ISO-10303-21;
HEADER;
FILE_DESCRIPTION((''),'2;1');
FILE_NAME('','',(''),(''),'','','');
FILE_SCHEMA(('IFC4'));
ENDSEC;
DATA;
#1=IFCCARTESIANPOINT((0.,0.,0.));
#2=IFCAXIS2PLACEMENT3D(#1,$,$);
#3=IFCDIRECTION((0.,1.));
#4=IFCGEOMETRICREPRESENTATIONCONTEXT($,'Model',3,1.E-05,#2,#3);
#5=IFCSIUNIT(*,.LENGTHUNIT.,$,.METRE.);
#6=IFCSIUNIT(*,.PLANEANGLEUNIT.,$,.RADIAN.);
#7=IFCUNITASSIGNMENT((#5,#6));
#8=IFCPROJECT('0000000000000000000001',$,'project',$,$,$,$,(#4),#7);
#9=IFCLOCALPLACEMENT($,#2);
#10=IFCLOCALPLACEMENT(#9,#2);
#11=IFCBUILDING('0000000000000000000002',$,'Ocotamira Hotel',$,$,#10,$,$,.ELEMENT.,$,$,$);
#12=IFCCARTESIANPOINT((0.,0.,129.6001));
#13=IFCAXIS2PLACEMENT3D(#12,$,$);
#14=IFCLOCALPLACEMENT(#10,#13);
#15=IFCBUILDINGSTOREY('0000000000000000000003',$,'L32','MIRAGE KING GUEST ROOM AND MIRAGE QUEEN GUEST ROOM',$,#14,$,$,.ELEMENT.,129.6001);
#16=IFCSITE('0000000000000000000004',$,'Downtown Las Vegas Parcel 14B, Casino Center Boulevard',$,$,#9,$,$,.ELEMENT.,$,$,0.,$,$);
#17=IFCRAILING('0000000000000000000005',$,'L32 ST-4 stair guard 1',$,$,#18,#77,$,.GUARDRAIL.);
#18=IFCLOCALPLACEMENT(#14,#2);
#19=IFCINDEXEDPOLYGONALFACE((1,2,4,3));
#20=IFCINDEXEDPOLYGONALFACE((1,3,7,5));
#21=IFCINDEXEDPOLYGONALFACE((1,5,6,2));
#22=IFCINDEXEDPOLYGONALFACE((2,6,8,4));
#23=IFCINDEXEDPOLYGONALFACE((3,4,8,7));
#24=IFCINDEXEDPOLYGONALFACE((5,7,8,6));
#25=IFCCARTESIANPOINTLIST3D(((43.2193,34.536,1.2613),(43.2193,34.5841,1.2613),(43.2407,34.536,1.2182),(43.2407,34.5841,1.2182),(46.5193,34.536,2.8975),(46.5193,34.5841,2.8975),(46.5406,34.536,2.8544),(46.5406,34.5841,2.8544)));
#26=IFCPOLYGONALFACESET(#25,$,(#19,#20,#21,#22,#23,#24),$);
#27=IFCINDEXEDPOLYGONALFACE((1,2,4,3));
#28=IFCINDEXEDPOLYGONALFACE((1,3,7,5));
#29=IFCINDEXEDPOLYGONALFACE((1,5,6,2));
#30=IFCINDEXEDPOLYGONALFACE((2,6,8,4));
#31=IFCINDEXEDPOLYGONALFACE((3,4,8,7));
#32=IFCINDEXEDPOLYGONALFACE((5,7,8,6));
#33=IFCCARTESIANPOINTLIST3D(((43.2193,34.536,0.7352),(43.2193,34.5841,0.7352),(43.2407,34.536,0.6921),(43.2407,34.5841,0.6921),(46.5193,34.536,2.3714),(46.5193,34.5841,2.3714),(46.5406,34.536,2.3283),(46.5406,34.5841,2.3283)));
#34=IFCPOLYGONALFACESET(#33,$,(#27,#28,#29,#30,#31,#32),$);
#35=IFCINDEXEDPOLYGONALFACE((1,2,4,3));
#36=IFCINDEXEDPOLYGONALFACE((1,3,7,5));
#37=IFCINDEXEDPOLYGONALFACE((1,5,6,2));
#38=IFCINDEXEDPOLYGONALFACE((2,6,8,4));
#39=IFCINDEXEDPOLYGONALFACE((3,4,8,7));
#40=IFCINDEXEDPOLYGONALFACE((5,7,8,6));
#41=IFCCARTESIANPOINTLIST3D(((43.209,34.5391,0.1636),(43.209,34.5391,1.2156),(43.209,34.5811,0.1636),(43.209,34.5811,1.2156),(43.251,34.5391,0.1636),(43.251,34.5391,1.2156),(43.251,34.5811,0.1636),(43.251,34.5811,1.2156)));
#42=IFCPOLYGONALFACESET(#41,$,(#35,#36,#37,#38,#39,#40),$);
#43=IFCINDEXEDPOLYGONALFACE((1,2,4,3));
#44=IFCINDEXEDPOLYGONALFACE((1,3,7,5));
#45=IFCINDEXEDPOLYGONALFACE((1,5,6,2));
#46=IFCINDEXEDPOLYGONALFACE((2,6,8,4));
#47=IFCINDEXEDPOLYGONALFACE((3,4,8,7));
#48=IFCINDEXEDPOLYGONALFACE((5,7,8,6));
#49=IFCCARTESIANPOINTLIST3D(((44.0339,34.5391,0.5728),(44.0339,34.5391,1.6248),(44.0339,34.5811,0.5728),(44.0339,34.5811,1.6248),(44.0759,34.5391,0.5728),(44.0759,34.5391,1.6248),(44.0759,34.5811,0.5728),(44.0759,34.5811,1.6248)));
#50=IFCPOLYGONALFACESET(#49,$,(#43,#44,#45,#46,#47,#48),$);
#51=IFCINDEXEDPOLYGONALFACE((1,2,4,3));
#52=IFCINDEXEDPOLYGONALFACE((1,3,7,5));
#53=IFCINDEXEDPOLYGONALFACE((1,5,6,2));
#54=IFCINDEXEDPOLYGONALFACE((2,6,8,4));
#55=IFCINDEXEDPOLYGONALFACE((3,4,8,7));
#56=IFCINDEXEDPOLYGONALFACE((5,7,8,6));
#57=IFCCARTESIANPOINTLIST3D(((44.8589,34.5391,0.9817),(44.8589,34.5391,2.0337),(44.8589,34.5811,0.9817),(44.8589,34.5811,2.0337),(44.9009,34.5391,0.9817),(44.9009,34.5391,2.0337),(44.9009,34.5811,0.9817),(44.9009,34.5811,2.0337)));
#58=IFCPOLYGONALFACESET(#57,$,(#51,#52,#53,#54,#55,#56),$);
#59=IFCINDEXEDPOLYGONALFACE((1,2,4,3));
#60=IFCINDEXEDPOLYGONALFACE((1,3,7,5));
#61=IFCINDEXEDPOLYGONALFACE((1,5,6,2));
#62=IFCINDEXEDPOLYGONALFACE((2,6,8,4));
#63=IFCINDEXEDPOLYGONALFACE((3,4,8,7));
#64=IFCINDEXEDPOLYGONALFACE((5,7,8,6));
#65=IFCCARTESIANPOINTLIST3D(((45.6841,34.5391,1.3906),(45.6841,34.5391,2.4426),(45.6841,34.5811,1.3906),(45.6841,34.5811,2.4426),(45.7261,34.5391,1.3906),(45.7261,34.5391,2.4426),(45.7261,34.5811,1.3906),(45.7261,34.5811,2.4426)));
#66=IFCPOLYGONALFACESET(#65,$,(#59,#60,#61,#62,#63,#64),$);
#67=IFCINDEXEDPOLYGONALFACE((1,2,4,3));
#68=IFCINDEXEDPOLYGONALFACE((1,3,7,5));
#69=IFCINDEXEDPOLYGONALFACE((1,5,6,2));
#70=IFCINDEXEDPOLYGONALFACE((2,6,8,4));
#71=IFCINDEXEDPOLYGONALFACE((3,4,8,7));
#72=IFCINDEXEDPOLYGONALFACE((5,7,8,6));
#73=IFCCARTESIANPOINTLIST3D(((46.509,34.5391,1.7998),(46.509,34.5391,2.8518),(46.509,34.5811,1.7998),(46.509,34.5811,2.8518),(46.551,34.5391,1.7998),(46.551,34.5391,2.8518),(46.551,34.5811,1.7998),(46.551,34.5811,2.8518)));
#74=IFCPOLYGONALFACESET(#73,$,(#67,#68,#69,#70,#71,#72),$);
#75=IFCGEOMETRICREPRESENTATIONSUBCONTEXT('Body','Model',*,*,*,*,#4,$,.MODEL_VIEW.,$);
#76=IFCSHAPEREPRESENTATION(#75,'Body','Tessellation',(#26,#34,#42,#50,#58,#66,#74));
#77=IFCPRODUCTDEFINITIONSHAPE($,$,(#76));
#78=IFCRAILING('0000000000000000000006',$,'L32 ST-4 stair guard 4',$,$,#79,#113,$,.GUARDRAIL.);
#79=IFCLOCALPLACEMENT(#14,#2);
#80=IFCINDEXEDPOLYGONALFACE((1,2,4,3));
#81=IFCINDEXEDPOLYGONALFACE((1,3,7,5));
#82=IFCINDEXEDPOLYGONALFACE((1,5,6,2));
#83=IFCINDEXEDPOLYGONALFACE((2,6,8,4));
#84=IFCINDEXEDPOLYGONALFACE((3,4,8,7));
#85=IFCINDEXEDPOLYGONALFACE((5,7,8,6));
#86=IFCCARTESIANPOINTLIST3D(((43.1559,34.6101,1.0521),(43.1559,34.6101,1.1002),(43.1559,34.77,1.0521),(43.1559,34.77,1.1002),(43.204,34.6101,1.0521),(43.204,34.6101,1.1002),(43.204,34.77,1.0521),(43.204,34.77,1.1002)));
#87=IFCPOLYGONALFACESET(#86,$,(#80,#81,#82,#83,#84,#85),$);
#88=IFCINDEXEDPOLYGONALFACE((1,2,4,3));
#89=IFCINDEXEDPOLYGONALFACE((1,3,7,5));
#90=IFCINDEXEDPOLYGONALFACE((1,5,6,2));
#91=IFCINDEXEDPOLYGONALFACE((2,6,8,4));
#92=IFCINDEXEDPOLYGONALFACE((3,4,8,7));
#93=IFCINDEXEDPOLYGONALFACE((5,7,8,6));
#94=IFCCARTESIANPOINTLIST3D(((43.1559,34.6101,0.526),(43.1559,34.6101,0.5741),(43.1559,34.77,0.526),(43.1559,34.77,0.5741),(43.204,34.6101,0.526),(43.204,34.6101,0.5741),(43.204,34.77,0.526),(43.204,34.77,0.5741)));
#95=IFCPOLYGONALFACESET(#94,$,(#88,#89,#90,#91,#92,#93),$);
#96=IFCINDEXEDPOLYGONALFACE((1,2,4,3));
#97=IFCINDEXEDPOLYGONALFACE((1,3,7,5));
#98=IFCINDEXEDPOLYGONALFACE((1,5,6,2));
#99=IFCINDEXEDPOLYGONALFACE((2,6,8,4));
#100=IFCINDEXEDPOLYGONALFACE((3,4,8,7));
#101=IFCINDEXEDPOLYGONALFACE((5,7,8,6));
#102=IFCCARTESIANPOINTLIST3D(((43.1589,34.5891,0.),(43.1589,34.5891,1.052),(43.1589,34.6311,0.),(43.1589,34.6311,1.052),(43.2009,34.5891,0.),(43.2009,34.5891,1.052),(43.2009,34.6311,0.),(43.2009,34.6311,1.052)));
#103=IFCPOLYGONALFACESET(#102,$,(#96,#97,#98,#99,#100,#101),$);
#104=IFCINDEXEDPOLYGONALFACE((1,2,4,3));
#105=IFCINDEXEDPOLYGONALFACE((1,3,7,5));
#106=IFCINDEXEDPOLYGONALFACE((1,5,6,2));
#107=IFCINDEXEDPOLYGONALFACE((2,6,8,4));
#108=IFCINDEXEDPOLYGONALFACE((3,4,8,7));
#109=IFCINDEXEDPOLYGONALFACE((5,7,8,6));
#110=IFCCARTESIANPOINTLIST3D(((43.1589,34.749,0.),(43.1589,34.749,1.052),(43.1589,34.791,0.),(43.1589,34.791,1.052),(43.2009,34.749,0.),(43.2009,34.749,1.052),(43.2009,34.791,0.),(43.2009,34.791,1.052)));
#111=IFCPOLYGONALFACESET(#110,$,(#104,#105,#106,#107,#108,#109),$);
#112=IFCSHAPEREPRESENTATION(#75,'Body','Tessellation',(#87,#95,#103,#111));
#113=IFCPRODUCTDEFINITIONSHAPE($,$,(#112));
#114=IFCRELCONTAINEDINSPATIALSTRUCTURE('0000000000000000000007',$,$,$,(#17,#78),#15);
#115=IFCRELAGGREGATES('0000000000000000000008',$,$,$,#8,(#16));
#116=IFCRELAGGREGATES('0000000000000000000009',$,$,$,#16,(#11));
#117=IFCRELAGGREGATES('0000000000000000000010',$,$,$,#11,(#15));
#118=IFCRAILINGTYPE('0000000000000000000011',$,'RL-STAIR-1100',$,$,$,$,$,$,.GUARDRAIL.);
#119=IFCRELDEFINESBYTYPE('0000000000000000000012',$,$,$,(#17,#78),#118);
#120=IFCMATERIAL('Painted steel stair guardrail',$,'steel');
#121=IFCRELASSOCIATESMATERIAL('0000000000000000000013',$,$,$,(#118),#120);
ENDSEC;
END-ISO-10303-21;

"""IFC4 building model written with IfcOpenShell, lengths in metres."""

from ifc_helpers import new_model, si_unit, direction, frame, origin, origin_2d, place, context, subcontext, project, spatial, rectangle, extrude, material, type_object, element, save


model = new_model("IFC4")

# Units and contexts
model_context = context("Model", 3, precision=1e-05, world=origin(), true_north=direction((0.0, 1.0)))
body_context = subcontext(model_context, "Body", "Model", "MODEL_VIEW")
ifc_project = project(units=[si_unit("LENGTHUNIT", "METRE"), si_unit("PLANEANGLEUNIT", "RADIAN")], contexts=[model_context])

# Site, building, storey
site_placement = place(None, origin())
site = spatial("IfcSite", under=ifc_project, at=site_placement, Name="Downtown Las Vegas Parcel 14B, Casino Center Boulevard", CompositionType="ELEMENT", RefElevation=0.0)
building_placement = place(site_placement, origin())
building = spatial("IfcBuilding", under=site, at=building_placement, Name="Ocotamira Hotel", CompositionType="ELEMENT")
storey_placement = place(building_placement, frame((0.0, 0.0, 129.6001)))
storey = spatial("IfcBuildingStorey", under=building, at=storey_placement, Name="L32", Description="MIRAGE KING GUEST ROOM AND MIRAGE QUEEN GUEST ROOM", CompositionType="ELEMENT", Elevation=129.6001)

# Railings
ifc_material_1 = material(Name="Painted steel stair guardrail", Category="steel")
railing_type_1 = type_object("IfcRailingType", Name="RL-STAIR-1100", PredefinedType="GUARDRAIL", material=ifc_material_1)
railing_1_placement = place(storey_placement, frame((43.23, 34.5601, 0.1636)))
element("IfcRailing", 1, at=railing_1_placement, inside=storey, type_object=railing_type_1, Name="L32 ST-4 stair guard 1", PredefinedType="GUARDRAIL", context=body_context, shape_type="SweptSolid", body=[
    extrude(rectangle(XDim=0.0481, YDim=0.0481, at=origin_2d()), frame((0.0, 0.0, 1.0762), z_axis=(0.89592, 0.0, 0.444215), x_axis=(0.0, 1.0, 0.0)), (0.0, 0.0, 1.0), 3.6833),
    extrude(rectangle(XDim=0.0481, YDim=0.0481, at=origin_2d()), frame((0.0, 0.0, 0.55), z_axis=(0.89592, 0.0, 0.444215), x_axis=(0.0, 1.0, 0.0)), (0.0, 0.0, 1.0), 3.6833),
    extrude(rectangle(XDim=0.042, YDim=0.042, at=origin_2d()), origin(), (0.0, 0.0, 1.0), 1.052),
    extrude(rectangle(XDim=0.042, YDim=0.042, at=origin_2d()), frame((0.825, 0.0, 0.4092)), (0.0, 0.0, 1.0), 1.052),
    extrude(rectangle(XDim=0.042, YDim=0.042, at=origin_2d()), frame((1.6499, 0.0, 0.8181)), (0.0, 0.0, 1.0), 1.052),
    extrude(rectangle(XDim=0.042, YDim=0.042, at=origin_2d()), frame((2.4751, 0.0, 1.2271)), (0.0, 0.0, 1.0), 1.052),
    extrude(rectangle(XDim=0.042, YDim=0.042, at=origin_2d()), frame((3.3, 0.0, 1.6362)), (0.0, 0.0, 1.0), 1.052),
])
railing_2_placement = place(storey_placement, frame((43.1799, 34.6101, 0.0)))
element("IfcRailing", 2, at=railing_2_placement, inside=storey, type_object=railing_type_1, Name="L32 ST-4 stair guard 4", PredefinedType="GUARDRAIL", context=body_context, shape_type="SweptSolid", body=[
    extrude(rectangle(XDim=0.0481, YDim=0.0481, at=origin_2d()), frame((0.0, 0.0, 1.0762), z_axis=(0.0, 1.0, 0.0), x_axis=(-1.0, 0.0, 0.0)), (0.0, 0.0, 1.0), 0.1599),
    extrude(rectangle(XDim=0.0481, YDim=0.0481, at=origin_2d()), frame((0.0, 0.0, 0.55), z_axis=(0.0, 1.0, 0.0), x_axis=(-1.0, 0.0, 0.0)), (0.0, 0.0, 1.0), 0.1599),
    extrude(rectangle(XDim=0.042, YDim=0.042, at=origin_2d()), origin(), (0.0, 0.0, 1.0), 1.052),
    extrude(rectangle(XDim=0.042, YDim=0.042, at=origin_2d()), frame((0.0, 0.1599, 0.0)), (0.0, 0.0, 1.0), 1.052),
])

save(model, "model.ifc")
